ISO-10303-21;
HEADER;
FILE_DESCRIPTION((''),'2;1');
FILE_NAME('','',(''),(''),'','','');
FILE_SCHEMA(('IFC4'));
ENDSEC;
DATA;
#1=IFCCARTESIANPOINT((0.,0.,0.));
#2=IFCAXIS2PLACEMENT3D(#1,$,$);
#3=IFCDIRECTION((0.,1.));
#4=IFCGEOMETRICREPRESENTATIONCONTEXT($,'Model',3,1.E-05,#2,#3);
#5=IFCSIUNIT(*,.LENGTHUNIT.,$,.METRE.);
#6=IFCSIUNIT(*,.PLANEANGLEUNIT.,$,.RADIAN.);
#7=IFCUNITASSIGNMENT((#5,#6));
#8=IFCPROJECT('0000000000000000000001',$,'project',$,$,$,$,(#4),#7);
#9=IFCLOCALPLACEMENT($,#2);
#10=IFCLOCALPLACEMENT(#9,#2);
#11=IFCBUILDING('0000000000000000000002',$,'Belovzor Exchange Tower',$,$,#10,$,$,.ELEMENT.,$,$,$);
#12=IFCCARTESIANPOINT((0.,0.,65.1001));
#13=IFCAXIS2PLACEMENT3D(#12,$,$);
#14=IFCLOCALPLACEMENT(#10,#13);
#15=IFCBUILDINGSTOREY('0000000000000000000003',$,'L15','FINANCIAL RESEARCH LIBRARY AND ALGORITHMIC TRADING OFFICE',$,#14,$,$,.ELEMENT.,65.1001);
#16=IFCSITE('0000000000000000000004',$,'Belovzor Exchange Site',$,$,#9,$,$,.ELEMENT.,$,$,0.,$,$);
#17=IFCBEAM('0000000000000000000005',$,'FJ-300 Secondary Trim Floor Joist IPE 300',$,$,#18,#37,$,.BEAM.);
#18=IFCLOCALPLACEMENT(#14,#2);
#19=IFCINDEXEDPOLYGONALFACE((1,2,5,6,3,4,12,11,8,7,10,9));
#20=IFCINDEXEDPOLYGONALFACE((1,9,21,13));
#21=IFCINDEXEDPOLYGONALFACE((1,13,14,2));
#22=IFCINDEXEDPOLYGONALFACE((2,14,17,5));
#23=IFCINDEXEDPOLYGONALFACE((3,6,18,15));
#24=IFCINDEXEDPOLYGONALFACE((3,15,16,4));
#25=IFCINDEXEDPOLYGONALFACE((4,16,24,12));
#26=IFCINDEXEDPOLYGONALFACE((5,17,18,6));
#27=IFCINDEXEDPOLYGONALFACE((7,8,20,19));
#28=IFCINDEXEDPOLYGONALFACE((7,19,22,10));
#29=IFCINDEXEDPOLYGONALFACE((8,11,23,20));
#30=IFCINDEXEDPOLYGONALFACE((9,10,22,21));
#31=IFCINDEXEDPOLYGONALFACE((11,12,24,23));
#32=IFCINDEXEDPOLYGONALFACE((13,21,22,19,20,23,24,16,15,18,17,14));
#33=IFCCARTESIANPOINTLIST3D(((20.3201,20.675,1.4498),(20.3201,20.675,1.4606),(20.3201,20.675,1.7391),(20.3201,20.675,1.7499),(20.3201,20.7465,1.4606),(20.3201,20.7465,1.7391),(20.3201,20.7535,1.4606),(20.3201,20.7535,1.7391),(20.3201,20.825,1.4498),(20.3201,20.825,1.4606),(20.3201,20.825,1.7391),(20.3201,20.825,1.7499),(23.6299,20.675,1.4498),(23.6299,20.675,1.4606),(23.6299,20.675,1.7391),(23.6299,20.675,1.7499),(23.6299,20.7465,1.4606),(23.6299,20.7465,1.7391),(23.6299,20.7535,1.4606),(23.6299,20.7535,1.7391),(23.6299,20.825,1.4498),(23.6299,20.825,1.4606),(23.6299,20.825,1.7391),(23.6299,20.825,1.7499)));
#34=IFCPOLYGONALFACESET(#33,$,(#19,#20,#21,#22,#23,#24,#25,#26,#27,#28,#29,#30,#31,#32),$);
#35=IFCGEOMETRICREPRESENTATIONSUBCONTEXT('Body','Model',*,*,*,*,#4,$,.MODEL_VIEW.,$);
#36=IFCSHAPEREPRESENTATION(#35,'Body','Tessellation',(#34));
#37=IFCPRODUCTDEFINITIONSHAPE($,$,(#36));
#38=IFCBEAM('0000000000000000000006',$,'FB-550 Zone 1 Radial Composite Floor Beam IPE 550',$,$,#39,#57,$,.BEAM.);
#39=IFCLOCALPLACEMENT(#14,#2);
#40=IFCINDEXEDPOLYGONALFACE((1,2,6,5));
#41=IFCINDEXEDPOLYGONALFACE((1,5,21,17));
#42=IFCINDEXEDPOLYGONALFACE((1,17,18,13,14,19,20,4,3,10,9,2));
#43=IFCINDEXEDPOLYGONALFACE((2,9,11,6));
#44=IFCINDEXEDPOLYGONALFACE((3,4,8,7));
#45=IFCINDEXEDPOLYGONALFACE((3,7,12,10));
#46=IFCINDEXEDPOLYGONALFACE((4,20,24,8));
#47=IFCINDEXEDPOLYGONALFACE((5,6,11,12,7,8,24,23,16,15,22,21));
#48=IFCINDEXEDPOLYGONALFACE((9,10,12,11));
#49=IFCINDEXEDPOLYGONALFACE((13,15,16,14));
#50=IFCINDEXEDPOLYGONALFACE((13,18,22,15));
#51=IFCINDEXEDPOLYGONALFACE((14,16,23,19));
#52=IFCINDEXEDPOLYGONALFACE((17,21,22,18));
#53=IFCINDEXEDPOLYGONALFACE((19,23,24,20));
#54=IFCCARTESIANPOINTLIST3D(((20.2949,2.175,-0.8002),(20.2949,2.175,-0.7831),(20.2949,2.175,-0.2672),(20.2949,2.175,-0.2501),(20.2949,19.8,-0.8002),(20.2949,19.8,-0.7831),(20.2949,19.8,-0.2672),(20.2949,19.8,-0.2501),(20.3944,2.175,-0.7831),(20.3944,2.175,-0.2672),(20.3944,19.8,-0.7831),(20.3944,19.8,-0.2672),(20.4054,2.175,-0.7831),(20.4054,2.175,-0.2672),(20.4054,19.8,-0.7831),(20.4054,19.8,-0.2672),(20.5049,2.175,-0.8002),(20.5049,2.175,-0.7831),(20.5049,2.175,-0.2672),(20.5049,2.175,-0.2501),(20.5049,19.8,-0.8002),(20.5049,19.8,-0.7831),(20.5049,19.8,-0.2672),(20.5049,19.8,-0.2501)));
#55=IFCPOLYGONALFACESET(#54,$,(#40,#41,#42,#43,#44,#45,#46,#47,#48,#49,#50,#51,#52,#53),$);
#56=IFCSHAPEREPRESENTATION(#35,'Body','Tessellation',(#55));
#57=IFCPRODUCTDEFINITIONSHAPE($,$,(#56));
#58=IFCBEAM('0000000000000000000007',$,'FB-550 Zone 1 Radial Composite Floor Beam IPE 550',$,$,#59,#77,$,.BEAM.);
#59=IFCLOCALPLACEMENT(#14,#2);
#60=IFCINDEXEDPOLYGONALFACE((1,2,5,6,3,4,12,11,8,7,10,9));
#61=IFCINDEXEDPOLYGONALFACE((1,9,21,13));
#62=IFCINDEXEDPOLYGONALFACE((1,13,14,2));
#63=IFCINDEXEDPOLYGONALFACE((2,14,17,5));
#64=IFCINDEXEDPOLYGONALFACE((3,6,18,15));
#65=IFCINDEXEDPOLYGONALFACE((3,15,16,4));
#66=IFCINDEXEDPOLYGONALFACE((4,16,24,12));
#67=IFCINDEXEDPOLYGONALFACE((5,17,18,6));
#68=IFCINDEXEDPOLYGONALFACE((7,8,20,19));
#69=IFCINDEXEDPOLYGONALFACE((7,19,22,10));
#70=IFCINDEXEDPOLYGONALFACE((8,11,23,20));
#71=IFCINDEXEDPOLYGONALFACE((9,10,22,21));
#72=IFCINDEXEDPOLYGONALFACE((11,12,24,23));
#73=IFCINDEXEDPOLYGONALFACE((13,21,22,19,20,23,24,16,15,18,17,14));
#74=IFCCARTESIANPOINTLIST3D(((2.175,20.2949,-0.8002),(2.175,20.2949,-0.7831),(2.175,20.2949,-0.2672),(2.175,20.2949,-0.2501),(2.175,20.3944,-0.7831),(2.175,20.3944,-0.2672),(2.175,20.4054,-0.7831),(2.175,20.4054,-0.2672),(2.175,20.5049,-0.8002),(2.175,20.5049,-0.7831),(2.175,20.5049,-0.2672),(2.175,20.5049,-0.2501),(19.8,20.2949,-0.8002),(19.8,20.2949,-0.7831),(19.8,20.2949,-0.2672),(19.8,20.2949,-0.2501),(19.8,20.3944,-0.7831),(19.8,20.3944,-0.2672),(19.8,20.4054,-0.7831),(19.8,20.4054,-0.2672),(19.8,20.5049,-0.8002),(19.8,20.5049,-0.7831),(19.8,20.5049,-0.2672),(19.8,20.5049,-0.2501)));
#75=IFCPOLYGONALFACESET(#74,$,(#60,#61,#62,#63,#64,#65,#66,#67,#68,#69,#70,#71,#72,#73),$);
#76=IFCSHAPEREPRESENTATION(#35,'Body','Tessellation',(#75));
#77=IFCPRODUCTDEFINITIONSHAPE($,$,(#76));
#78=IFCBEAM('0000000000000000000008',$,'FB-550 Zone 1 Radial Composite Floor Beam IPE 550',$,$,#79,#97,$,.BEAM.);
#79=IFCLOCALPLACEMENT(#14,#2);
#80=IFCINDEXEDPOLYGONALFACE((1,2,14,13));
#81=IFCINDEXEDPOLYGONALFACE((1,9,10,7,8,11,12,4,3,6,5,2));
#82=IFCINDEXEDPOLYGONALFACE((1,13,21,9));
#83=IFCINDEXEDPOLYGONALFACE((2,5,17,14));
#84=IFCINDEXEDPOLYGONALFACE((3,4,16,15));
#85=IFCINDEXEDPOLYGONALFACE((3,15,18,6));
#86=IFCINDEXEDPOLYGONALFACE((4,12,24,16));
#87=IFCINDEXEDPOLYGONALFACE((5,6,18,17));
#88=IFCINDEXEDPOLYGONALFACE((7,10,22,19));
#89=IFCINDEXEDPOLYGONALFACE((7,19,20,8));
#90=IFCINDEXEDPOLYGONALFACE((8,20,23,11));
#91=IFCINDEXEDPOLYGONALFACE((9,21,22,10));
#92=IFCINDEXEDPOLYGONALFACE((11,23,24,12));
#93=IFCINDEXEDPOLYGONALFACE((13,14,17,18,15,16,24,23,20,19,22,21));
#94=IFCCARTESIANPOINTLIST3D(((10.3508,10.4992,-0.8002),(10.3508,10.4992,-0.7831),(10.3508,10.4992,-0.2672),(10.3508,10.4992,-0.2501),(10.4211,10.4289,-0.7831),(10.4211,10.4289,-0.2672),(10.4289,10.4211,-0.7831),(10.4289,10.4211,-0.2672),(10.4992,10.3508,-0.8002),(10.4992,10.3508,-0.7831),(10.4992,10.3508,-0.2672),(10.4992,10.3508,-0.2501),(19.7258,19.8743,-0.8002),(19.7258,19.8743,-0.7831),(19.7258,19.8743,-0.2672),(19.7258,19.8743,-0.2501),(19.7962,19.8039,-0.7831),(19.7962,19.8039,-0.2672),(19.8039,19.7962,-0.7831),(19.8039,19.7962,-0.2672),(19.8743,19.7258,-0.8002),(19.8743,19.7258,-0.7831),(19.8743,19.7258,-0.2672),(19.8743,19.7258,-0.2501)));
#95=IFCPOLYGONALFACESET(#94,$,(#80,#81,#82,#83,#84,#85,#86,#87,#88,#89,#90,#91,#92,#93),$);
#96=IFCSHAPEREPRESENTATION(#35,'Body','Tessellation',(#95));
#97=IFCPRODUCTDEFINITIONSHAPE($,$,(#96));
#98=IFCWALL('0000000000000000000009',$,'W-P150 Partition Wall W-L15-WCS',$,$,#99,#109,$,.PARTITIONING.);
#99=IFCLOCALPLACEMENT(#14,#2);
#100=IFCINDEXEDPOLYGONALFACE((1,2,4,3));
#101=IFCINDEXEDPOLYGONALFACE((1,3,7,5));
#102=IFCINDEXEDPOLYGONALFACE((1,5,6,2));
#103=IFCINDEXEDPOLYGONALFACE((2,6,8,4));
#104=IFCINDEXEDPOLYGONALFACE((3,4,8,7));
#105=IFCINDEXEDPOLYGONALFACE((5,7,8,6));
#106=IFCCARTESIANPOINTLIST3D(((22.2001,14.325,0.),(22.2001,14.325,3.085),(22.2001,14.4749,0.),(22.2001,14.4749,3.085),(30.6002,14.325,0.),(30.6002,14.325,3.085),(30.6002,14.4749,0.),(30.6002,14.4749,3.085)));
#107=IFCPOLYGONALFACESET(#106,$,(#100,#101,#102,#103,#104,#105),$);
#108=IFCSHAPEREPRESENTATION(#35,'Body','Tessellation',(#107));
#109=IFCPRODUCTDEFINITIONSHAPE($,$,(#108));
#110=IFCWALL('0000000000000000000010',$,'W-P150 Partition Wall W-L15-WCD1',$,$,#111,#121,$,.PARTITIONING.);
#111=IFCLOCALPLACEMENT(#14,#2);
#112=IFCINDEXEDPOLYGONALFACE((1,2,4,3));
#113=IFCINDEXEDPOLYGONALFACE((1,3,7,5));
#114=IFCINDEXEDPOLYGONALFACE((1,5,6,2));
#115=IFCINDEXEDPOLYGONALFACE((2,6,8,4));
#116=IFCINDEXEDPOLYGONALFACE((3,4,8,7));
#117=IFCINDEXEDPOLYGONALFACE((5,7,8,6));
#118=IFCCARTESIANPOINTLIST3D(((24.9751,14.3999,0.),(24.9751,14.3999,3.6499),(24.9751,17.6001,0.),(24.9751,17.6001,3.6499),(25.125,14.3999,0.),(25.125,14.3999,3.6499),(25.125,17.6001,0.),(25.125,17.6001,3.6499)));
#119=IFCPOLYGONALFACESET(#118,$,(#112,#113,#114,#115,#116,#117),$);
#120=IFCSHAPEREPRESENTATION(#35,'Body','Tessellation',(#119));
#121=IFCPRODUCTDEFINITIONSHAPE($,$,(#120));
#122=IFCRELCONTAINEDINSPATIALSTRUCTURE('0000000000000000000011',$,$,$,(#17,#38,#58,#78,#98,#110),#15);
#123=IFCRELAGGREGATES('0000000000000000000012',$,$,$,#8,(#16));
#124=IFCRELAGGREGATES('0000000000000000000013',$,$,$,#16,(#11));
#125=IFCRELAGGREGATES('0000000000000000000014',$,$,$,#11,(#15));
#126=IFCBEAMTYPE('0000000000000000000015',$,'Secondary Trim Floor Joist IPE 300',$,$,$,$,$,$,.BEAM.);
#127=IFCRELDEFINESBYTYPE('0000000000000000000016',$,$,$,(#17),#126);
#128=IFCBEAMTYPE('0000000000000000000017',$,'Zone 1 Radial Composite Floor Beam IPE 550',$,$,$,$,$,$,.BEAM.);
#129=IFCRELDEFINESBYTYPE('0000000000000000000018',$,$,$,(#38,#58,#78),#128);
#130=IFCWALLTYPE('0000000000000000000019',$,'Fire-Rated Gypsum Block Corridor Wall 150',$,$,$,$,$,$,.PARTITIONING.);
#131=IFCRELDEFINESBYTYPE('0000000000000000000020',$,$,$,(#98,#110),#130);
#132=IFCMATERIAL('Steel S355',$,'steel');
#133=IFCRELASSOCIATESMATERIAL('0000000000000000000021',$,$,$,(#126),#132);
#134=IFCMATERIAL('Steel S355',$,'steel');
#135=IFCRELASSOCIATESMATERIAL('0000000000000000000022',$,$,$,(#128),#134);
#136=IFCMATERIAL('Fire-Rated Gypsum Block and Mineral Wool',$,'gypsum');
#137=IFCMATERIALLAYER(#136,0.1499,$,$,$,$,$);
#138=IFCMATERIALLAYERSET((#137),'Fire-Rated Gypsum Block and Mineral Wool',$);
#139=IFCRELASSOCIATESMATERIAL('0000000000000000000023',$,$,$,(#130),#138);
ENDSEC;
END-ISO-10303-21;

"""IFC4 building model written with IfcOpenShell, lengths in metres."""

from ifc_helpers import new_model, si_unit, direction, frame, frame_2d, origin, origin_2d, place, context, subcontext, project, spatial, rectangle, i_section, extrude, material, layer, layer_set, material_profile, profile_set, type_object, element, save


model = new_model("IFC4")

# Units and contexts
model_context = context("Model", 3, precision=1e-05, world=origin(), true_north=direction((0.0, 1.0)))
body_context = subcontext(model_context, "Body", "Model", "MODEL_VIEW")
ifc_project = project(units=[si_unit("LENGTHUNIT", "METRE"), si_unit("PLANEANGLEUNIT", "RADIAN")], contexts=[model_context])

# Site, building, storey
site_placement = place(None, origin())
site = spatial("IfcSite", under=ifc_project, at=site_placement, Name="Belovzor Exchange Site", CompositionType="ELEMENT", RefElevation=0.0)
building_placement = place(site_placement, origin())
building = spatial("IfcBuilding", under=site, at=building_placement, Name="Belovzor Exchange Tower", CompositionType="ELEMENT")
storey_placement = place(building_placement, frame((0.0, 0.0, 65.1001)))
storey = spatial("IfcBuildingStorey", under=building, at=storey_placement, Name="L15", Description="FINANCIAL RESEARCH LIBRARY AND ALGORITHMIC TRADING OFFICE", CompositionType="ELEMENT", Elevation=65.1001)

# Beams
ifc_material_1 = material(Name="Steel S355", Category="steel")
ifc_material_profile_1 = material_profile(ifc_material_1, i_section(OverallWidth=0.1499, OverallDepth=0.3, WebThickness=0.0071, FlangeThickness=0.0107, at=origin_2d()))
ifc_profile_set_1 = profile_set([ifc_material_profile_1], Name="Steel S355")
beam_type_1 = type_object("IfcBeamType", Name="Secondary Trim Floor Joist IPE 300", PredefinedType="BEAM", material=ifc_profile_set_1)
beam_1_placement = place(storey_placement, frame((20.3201, 20.75, 1.5999), z_axis=(1.0, 0.0, 0.0), x_axis=(0.0, 1.0, 0.0)))
element("IfcBeam", 1, at=beam_1_placement, inside=storey, type_object=beam_type_1, Name="FJ-300 Secondary Trim Floor Joist IPE 300", PredefinedType="BEAM", context=body_context, shape_type="SweptSolid", body=[
    extrude(i_section(OverallWidth=0.1499, OverallDepth=0.3, WebThickness=0.0071, FlangeThickness=0.0107, at=origin_2d()), origin(), (0.0, 0.0, 1.0), 3.3098),
])
ifc_material_2 = material(Name="Steel S355", Category="steel")
ifc_material_profile_2 = material_profile(ifc_material_2, i_section(OverallWidth=0.21, OverallDepth=0.55, WebThickness=0.011, FlangeThickness=0.0171, at=origin_2d()))
ifc_profile_set_2 = profile_set([ifc_material_profile_2], Name="Steel S355")
beam_type_2 = type_object("IfcBeamType", Name="Zone 1 Radial Composite Floor Beam IPE 550", PredefinedType="BEAM", material=ifc_profile_set_2)
for number, where, z_axis, x_axis, name in (
    (2, (20.3999, 19.8, -0.5251), (0.0, -1.0, 0.0), (1.0, 0.0, 0.0), "FB-550 Zone 1 Radial Composite Floor Beam IPE 550"),
    (3, (19.8, 20.3999, -0.5251), (-1.0, 0.0, 0.0), (0.0, -1.0, 0.0), "FB-550 Zone 1 Radial Composite Floor Beam IPE 550"),
):
    element("IfcBeam", number, at=place(storey_placement, frame(where, z_axis=z_axis, x_axis=x_axis)), inside=storey, type_object=beam_type_2, Name=name, PredefinedType="BEAM", context=body_context, shape_type="SweptSolid", body=[
        extrude(i_section(OverallWidth=0.21, OverallDepth=0.55, WebThickness=0.011, FlangeThickness=0.0171, at=origin_2d()), origin(), (0.0, 0.0, 1.0), 17.625),
    ])
beam_2_placement = place(storey_placement, frame((19.8, 19.8, -0.5251), z_axis=(-0.707107, -0.707107, 0.0), x_axis=(0.707107, -0.707107, 0.0)))
element("IfcBeam", 4, at=beam_2_placement, inside=storey, type_object=beam_type_2, Name="FB-550 Zone 1 Radial Composite Floor Beam IPE 550", PredefinedType="BEAM", context=body_context, shape_type="SweptSolid", body=[
    extrude(i_section(OverallWidth=0.21, OverallDepth=0.55, WebThickness=0.011, FlangeThickness=0.0171, at=origin_2d()), origin(), (0.0, 0.0, 1.0), 13.2583),
])

# Walls
ifc_material_3 = material(Name="Fire-Rated Gypsum Block and Mineral Wool", Category="gypsum")
ifc_layer_1 = layer(ifc_material_3, 0.1499)
ifc_layer_set_1 = layer_set([ifc_layer_1], Name="Fire-Rated Gypsum Block and Mineral Wool")
wall_type_1 = type_object("IfcWallType", Name="Fire-Rated Gypsum Block Corridor Wall 150", PredefinedType="PARTITIONING", material=ifc_layer_set_1)
wall_1_placement = place(storey_placement, frame((22.2, 14.3999, 0.0), z_axis=(0.0, 0.0, 1.0), x_axis=(1.0, 0.0, 0.0)))
element("IfcWall", 5, at=wall_1_placement, inside=storey, type_object=wall_type_1, Name="W-P150 Partition Wall W-L15-WCS", PredefinedType="PARTITIONING", context=body_context, shape_type="SweptSolid", body=[
    extrude(rectangle(XDim=8.4001, YDim=0.1499, at=frame_2d((4.2002, 0.0))), origin(), (0.0, 0.0, 1.0), 3.085),
])
wall_2_placement = place(storey_placement, frame((25.05, 14.3999, 0.0), z_axis=(0.0, 0.0, 1.0), x_axis=(0.0, 1.0, 0.0)))
element("IfcWall", 6, at=wall_2_placement, inside=storey, type_object=wall_type_1, Name="W-P150 Partition Wall W-L15-WCD1", PredefinedType="PARTITIONING", context=body_context, shape_type="SweptSolid", body=[
    extrude(rectangle(XDim=3.2002, YDim=0.1499, at=frame_2d((1.6001, 0.0))), origin(), (0.0, 0.0, 1.0), 3.6499),
])

save(model, "model.ifc")
